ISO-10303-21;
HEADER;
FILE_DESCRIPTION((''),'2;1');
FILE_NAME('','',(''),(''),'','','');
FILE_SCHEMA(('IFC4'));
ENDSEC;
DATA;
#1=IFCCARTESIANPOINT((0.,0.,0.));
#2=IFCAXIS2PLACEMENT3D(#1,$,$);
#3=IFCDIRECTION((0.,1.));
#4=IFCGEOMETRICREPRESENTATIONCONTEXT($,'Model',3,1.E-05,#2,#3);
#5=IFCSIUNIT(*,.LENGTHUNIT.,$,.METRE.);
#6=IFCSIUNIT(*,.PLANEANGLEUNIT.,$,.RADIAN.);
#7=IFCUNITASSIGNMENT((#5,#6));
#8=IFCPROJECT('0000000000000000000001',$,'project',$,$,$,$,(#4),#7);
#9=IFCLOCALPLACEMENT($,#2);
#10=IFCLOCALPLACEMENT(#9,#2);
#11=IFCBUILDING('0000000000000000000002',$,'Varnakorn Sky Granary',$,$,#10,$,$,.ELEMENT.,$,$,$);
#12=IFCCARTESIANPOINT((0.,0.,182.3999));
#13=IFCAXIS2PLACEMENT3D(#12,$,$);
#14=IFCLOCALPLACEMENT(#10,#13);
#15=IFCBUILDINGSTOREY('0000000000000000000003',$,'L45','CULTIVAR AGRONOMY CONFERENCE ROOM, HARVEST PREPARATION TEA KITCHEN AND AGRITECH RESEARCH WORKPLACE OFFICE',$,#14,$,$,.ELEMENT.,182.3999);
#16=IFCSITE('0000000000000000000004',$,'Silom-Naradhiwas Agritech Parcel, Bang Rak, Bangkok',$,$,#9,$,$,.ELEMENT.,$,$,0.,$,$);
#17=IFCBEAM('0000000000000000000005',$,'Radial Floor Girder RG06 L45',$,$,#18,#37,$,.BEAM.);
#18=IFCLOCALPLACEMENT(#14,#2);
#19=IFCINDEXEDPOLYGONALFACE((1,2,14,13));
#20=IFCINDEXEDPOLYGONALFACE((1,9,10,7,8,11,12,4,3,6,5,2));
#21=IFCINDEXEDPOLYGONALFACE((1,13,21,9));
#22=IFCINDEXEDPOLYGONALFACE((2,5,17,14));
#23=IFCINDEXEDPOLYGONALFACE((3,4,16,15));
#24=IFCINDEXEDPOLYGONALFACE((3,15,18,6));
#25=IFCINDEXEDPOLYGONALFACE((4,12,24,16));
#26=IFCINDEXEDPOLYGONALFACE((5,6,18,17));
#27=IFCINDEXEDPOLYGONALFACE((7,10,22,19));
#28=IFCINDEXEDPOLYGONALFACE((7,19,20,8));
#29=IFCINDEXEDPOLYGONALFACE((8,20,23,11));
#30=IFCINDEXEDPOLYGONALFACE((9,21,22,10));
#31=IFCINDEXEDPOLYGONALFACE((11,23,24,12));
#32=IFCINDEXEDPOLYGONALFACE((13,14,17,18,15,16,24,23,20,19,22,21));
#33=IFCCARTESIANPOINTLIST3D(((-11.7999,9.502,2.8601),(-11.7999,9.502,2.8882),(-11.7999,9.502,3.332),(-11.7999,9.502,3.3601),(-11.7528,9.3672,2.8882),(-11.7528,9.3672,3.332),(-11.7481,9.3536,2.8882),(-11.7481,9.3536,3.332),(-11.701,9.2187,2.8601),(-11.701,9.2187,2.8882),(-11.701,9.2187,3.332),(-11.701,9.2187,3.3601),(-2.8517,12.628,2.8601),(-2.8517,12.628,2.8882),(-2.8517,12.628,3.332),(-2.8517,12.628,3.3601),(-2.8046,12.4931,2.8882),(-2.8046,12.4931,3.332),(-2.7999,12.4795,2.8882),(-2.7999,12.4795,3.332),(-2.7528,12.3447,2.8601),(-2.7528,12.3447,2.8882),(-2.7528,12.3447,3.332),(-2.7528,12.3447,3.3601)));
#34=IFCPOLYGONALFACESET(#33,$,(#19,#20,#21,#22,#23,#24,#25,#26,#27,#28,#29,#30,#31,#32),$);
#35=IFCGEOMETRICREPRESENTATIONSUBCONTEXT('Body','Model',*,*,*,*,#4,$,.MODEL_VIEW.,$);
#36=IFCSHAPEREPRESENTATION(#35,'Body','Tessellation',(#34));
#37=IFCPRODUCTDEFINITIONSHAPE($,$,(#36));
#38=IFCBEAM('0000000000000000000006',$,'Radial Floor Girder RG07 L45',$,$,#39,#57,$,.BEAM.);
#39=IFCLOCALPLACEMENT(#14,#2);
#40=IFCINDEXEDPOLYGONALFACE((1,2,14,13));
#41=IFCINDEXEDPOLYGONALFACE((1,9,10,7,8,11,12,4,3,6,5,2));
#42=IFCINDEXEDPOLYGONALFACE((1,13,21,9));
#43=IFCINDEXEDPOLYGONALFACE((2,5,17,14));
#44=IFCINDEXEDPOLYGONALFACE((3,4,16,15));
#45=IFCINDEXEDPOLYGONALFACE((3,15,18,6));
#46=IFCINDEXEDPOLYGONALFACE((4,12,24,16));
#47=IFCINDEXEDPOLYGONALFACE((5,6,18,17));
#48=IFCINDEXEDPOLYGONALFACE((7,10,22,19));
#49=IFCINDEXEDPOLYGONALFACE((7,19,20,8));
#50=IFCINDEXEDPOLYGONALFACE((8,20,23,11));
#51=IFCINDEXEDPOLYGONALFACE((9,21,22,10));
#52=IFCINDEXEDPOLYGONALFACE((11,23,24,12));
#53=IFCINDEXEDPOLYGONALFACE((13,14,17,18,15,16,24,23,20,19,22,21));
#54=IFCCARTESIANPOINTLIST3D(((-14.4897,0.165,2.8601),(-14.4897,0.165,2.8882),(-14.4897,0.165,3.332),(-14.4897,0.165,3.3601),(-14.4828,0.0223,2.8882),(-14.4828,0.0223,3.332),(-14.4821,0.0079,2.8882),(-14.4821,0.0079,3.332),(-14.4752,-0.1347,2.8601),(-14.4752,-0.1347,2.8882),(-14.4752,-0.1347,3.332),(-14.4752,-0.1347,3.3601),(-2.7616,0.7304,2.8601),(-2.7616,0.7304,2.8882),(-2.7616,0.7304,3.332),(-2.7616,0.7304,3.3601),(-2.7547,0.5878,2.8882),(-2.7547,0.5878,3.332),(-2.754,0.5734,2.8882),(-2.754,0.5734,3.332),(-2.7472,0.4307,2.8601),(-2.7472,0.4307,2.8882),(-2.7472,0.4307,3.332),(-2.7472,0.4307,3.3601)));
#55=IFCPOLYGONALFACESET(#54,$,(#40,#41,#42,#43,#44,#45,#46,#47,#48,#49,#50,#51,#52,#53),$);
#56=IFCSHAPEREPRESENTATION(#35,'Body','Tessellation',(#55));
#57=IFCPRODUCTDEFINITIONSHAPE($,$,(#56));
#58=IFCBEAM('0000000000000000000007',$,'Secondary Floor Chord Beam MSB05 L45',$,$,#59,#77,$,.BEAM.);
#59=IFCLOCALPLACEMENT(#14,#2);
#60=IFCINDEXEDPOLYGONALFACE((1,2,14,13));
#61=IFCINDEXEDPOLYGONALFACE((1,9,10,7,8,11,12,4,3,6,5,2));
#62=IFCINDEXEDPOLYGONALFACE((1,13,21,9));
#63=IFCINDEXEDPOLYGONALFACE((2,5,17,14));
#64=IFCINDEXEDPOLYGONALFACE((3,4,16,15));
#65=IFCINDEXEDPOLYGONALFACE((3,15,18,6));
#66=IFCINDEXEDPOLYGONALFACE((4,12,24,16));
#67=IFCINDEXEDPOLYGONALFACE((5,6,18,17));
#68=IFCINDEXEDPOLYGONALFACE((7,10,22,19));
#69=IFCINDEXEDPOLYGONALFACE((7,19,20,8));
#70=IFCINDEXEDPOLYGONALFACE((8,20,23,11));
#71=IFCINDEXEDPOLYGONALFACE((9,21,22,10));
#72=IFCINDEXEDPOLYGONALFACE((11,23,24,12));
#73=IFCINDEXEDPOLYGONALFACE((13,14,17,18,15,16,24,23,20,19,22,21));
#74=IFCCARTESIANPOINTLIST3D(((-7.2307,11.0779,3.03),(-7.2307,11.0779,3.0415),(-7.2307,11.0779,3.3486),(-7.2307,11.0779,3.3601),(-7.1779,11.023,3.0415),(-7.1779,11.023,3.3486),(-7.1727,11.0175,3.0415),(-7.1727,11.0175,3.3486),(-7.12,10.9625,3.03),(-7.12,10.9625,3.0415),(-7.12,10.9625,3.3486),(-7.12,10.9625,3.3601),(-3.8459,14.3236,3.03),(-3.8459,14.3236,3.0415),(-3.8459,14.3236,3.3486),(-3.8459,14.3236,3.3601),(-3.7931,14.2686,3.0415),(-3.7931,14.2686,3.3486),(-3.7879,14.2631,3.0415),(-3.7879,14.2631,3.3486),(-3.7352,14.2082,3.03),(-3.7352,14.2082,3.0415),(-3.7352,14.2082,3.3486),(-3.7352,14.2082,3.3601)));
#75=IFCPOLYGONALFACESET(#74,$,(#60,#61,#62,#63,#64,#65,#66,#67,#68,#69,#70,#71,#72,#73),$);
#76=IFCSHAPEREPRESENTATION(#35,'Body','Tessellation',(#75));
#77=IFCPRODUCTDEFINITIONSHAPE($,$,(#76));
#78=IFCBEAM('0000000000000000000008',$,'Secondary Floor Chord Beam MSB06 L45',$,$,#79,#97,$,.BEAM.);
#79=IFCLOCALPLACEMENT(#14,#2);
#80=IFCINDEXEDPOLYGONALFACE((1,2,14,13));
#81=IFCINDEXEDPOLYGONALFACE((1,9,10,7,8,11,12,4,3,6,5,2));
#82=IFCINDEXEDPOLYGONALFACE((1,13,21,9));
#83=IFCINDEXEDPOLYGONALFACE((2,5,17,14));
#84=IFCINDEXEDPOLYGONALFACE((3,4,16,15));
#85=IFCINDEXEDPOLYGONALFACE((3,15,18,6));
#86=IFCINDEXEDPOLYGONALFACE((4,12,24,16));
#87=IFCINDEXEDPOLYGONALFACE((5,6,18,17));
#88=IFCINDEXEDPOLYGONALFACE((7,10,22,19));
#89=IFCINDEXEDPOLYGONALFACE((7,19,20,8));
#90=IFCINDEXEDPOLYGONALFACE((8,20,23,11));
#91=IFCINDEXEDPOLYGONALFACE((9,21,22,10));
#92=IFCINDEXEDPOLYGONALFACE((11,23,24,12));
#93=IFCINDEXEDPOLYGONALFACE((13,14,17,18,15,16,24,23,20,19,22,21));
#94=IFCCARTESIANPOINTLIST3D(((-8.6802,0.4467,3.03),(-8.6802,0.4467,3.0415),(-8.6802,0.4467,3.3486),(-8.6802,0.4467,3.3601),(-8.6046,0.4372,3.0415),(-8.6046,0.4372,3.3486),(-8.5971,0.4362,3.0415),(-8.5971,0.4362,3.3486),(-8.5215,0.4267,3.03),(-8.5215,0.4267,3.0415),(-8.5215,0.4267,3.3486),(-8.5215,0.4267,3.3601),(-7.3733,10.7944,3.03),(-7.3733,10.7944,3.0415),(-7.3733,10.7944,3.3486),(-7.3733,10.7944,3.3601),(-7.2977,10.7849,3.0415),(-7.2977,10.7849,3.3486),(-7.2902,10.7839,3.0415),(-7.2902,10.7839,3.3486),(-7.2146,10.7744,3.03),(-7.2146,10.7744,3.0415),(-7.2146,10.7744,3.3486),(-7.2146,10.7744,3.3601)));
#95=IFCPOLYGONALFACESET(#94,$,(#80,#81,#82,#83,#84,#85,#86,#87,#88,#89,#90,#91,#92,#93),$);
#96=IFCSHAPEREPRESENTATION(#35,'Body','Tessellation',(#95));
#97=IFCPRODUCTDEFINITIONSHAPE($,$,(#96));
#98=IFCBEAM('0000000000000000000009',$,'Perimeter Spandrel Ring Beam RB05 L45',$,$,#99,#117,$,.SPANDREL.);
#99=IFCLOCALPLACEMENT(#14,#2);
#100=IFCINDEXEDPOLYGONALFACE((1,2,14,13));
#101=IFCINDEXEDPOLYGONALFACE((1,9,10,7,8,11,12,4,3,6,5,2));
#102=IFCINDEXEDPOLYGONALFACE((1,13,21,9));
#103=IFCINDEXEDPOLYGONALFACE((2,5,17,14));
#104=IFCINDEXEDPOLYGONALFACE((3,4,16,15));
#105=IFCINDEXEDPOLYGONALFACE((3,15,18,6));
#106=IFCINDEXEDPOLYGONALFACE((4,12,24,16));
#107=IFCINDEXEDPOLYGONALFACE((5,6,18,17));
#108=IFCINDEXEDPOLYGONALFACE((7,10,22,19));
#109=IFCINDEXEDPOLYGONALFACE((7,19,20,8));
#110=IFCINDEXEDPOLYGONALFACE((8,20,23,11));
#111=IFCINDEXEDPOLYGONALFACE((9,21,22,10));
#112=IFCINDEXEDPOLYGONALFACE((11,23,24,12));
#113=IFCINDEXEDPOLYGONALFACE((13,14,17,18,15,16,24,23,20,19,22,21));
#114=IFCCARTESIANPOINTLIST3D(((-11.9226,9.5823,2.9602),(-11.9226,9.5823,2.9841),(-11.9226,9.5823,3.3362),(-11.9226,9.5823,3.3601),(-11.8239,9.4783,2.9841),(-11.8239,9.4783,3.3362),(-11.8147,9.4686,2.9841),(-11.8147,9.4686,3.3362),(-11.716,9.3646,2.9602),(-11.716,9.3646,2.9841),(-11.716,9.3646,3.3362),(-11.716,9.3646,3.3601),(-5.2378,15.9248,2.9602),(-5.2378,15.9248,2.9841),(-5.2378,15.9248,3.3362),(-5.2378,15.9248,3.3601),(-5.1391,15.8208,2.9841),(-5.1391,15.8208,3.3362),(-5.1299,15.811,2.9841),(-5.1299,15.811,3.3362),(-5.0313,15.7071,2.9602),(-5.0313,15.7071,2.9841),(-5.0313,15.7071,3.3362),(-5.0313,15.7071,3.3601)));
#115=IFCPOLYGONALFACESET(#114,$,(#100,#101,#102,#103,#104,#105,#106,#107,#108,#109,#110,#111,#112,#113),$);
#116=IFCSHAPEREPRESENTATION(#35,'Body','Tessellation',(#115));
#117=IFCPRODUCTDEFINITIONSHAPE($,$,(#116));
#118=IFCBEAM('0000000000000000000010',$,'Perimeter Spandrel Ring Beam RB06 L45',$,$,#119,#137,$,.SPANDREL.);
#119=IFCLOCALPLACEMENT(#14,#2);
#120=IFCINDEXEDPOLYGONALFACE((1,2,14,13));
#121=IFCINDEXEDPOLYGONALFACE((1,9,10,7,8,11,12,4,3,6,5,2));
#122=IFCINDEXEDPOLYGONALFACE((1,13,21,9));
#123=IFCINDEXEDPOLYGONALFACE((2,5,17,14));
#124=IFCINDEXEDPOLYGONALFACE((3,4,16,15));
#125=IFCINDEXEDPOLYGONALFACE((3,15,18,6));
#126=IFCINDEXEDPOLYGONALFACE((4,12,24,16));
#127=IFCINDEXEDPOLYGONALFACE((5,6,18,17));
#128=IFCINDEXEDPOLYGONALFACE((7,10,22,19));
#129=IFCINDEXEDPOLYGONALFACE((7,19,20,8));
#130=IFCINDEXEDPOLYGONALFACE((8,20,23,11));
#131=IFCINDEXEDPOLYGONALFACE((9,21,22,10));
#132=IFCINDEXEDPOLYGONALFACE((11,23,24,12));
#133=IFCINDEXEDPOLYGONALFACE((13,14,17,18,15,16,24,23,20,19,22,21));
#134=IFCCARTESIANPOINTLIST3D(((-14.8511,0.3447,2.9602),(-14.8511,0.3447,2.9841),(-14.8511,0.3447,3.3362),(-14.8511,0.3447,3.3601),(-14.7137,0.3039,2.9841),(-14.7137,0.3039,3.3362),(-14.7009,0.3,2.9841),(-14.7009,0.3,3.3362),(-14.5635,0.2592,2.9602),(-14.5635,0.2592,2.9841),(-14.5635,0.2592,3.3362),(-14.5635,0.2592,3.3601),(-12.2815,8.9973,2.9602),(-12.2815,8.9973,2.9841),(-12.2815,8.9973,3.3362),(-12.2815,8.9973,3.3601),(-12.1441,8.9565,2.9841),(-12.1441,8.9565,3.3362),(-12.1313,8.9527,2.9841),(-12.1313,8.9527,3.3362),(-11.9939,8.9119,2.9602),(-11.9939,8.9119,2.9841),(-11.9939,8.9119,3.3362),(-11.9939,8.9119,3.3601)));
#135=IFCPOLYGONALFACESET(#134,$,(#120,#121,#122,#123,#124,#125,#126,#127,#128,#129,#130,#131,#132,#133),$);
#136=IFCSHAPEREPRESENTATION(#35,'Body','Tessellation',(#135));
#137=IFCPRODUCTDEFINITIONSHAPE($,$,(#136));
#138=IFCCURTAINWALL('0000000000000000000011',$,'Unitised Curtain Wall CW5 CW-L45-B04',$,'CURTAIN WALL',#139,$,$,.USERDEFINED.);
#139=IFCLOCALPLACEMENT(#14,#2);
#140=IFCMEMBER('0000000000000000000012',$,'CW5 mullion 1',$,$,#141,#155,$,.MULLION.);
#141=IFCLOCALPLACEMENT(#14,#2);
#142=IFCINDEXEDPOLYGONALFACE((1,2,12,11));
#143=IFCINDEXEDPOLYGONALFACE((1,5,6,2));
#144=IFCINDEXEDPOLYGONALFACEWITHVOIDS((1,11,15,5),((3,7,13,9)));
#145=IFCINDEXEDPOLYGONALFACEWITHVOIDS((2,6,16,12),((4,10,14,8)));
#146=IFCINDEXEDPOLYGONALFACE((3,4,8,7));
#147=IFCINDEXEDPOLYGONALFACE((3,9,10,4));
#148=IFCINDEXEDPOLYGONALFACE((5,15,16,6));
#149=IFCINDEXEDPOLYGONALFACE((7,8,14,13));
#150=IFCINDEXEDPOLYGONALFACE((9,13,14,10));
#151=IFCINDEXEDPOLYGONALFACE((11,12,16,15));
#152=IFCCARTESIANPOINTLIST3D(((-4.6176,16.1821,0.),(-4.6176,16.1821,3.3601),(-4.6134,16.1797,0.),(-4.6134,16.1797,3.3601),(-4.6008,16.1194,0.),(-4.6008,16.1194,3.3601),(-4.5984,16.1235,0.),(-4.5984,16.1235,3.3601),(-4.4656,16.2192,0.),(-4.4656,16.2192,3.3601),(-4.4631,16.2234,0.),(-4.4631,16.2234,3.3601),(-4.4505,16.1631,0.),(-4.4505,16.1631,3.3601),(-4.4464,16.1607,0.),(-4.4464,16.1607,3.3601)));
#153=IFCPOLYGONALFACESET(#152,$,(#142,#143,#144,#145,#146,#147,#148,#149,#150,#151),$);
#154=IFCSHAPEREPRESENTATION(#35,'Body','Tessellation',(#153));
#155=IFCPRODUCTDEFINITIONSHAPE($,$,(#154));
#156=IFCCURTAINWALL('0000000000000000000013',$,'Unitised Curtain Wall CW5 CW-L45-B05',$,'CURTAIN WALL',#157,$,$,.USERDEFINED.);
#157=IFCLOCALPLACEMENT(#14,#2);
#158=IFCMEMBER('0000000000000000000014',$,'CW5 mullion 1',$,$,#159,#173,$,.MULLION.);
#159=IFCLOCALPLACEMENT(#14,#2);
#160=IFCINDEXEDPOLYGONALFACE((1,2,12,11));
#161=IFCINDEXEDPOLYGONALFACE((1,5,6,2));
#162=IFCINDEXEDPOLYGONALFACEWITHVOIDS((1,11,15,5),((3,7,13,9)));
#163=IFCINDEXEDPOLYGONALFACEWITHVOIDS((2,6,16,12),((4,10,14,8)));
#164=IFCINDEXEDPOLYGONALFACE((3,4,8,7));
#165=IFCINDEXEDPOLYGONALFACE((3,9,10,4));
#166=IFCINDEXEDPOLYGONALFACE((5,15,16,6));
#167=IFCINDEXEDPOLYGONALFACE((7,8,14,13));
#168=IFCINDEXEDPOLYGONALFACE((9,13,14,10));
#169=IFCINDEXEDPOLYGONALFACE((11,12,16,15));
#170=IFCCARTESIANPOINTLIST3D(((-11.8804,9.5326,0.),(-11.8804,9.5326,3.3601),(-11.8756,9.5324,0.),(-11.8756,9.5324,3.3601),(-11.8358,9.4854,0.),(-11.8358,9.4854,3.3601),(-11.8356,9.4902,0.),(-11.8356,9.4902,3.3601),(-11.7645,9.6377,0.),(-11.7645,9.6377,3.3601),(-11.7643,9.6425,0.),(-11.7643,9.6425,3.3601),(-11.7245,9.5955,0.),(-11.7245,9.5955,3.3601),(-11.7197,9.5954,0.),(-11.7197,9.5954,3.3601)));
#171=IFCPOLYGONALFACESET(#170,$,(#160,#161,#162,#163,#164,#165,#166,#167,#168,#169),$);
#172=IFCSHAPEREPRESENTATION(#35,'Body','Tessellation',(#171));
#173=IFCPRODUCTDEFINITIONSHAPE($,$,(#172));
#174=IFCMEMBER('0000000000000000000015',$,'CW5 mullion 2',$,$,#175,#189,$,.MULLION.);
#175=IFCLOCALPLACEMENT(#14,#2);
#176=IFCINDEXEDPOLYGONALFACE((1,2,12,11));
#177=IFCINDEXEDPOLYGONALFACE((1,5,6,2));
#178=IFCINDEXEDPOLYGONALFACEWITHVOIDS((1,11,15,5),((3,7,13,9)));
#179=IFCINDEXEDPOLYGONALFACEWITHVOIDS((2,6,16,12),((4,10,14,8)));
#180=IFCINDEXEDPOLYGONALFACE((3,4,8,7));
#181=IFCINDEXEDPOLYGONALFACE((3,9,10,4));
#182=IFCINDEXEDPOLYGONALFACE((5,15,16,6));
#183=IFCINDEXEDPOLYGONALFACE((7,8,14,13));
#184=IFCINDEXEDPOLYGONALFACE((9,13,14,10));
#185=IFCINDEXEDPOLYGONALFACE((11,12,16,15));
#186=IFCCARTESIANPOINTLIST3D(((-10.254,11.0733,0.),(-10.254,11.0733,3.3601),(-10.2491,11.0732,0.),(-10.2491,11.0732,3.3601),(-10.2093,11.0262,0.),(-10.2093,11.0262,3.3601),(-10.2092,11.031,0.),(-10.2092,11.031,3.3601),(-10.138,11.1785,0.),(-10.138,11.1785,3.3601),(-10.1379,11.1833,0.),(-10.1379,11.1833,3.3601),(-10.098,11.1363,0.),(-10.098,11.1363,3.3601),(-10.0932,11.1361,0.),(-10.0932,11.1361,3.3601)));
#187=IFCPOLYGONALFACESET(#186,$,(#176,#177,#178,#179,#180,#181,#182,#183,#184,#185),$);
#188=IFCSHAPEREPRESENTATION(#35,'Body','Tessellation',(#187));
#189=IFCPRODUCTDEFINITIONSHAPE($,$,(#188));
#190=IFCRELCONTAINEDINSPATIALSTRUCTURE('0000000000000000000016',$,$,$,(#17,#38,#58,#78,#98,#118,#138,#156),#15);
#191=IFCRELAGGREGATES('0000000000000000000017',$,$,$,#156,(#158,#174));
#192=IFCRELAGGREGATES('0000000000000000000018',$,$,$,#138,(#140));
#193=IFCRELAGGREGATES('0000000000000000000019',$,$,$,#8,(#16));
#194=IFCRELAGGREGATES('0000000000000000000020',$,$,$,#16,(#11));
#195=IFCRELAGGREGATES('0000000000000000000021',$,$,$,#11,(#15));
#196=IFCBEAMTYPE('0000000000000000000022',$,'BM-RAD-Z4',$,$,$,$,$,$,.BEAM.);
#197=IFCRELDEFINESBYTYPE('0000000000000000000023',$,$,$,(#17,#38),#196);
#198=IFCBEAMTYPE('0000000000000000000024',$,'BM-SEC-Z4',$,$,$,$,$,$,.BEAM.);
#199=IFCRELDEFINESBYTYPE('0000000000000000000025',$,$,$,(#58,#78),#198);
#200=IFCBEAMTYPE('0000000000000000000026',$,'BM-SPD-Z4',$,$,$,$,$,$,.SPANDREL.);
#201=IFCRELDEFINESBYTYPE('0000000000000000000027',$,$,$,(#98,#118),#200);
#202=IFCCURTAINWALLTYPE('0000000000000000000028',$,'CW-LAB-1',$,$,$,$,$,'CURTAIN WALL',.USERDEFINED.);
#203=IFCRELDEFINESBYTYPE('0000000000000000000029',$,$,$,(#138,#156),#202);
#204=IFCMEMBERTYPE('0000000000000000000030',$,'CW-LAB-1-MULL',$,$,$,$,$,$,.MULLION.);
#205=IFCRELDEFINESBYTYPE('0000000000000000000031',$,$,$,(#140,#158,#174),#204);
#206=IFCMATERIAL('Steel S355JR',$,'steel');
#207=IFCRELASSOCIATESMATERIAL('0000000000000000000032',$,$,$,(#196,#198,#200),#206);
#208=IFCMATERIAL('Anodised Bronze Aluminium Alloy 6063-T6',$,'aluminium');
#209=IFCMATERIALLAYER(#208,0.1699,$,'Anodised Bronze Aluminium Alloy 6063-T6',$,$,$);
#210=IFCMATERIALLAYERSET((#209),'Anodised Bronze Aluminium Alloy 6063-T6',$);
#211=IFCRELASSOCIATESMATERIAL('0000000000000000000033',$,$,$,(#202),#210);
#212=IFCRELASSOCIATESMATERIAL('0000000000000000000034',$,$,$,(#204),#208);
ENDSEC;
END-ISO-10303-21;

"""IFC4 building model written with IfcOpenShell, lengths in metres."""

from ifc_helpers import new_model, si_unit, direction, frame, origin, origin_2d, place, context, subcontext, project, spatial, hollow_rectangle, i_section, extrude, material, layer, layer_set, material_profile, profile_set, type_object, element, aggregate, save


model = new_model("IFC4")

# Units and contexts
model_context = context("Model", 3, precision=1e-05, world=origin(), true_north=direction((0.0, 1.0)))
body_context = subcontext(model_context, "Body", "Model", "MODEL_VIEW")
ifc_project = project(units=[si_unit("LENGTHUNIT", "METRE"), si_unit("PLANEANGLEUNIT", "RADIAN")], contexts=[model_context])

# Site, building, storey
site_placement = place(None, origin())
site = spatial("IfcSite", under=ifc_project, at=site_placement, Name="Silom-Naradhiwas Agritech Parcel, Bang Rak, Bangkok", CompositionType="ELEMENT", RefElevation=0.0)
building_placement = place(site_placement, origin())
building = spatial("IfcBuilding", under=site, at=building_placement, Name="Varnakorn Sky Granary", CompositionType="ELEMENT")
storey_placement = place(building_placement, frame((0.0, 0.0, 182.3999)))
storey = spatial("IfcBuildingStorey", under=building, at=storey_placement, Name="L45", Description="CULTIVAR AGRONOMY CONFERENCE ROOM, HARVEST PREPARATION TEA KITCHEN AND AGRITECH RESEARCH WORKPLACE OFFICE", CompositionType="ELEMENT", Elevation=182.3999)

# Beams
ifc_material_1 = material(Name="Steel S355JR", Category="steel")
ifc_material_profile_1 = material_profile(ifc_material_1, i_section(OverallWidth=0.3, OverallDepth=0.5, WebThickness=0.0144, FlangeThickness=0.0281, at=origin_2d()), Name="HE 500 B")
ifc_profile_set_1 = profile_set([ifc_material_profile_1], Name="Steel S355JR")
beam_type_1 = type_object("IfcBeamType", Name="BM-RAD-Z4", PredefinedType="BEAM", material=ifc_profile_set_1)
beam_1_placement = place(storey_placement, frame((-2.8022, 12.4863, 3.1101), z_axis=(-0.944053, -0.329795, 0.0), x_axis=(0.329795, -0.944053, 0.0)))
element("IfcBeam", 1, at=beam_1_placement, inside=storey, type_object=beam_type_1, Name="Radial Floor Girder RG06 L45", PredefinedType="BEAM", context=body_context, shape_type="SweptSolid", body=[
    extrude(i_section(OverallWidth=0.3, OverallDepth=0.5, WebThickness=0.0144, FlangeThickness=0.0281, at=origin_2d()), origin(), (0.0, 0.0, 1.0), 9.4785),
])
beam_2_placement = place(storey_placement, frame((-2.7544, 0.5806, 3.1101), z_axis=(-0.99884, -0.048156, 0.0), x_axis=(0.048156, -0.99884, 0.0)))
element("IfcBeam", 2, at=beam_2_placement, inside=storey, type_object=beam_type_1, Name="Radial Floor Girder RG07 L45", PredefinedType="BEAM", context=body_context, shape_type="SweptSolid", body=[
    extrude(i_section(OverallWidth=0.3, OverallDepth=0.5, WebThickness=0.0144, FlangeThickness=0.0281, at=origin_2d()), origin(), (0.0, 0.0, 1.0), 11.7417),
])
ifc_material_profile_2 = material_profile(ifc_material_1, i_section(OverallWidth=0.1599, OverallDepth=0.3301, WebThickness=0.0076, FlangeThickness=0.0115, at=origin_2d()), Name="IPE 330")
ifc_profile_set_2 = profile_set([ifc_material_profile_2], Name="Steel S355JR")
beam_type_2 = type_object("IfcBeamType", Name="BM-SEC-Z4", PredefinedType="BEAM", material=ifc_profile_set_2)
beam_3_placement = place(storey_placement, frame((-3.7905, 14.2659, 3.1951), z_axis=(-0.721789, -0.692113, 0.0), x_axis=(0.692113, -0.721789, 0.0)))
element("IfcBeam", 3, at=beam_3_placement, inside=storey, type_object=beam_type_2, Name="Secondary Floor Chord Beam MSB05 L45", PredefinedType="BEAM", context=body_context, shape_type="SweptSolid", body=[
    extrude(i_section(OverallWidth=0.1599, OverallDepth=0.3301, WebThickness=0.0076, FlangeThickness=0.0115, at=origin_2d()), origin(), (0.0, 0.0, 1.0), 4.6895),
])
beam_4_placement = place(storey_placement, frame((-7.2939, 10.7844, 3.1951), z_axis=(-0.125302, -0.992119, 0.0), x_axis=(0.992119, -0.125302, 0.0)))
element("IfcBeam", 4, at=beam_4_placement, inside=storey, type_object=beam_type_2, Name="Secondary Floor Chord Beam MSB06 L45", PredefinedType="BEAM", context=body_context, shape_type="SweptSolid", body=[
    extrude(i_section(OverallWidth=0.1599, OverallDepth=0.3301, WebThickness=0.0076, FlangeThickness=0.0115, at=origin_2d()), origin(), (0.0, 0.0, 1.0), 10.4299),
])
ifc_material_profile_3 = material_profile(ifc_material_1, i_section(OverallWidth=0.3, OverallDepth=0.3999, WebThickness=0.0134, FlangeThickness=0.0239, at=origin_2d()), Name="HE 400 B")
ifc_profile_set_3 = profile_set([ifc_material_profile_3], Name="Steel S355JR")
beam_type_3 = type_object("IfcBeamType", Name="BM-SPD-Z4", PredefinedType="SPANDREL", material=ifc_profile_set_3)
beam_5_placement = place(storey_placement, frame((-5.1345, 15.8159, 3.1602), z_axis=(-0.725435, -0.68829, 0.0), x_axis=(0.68829, -0.725435, 0.0)))
element("IfcBeam", 5, at=beam_5_placement, inside=storey, type_object=beam_type_3, Name="Perimeter Spandrel Ring Beam RB05 L45", PredefinedType="SPANDREL", context=body_context, shape_type="SweptSolid", body=[
    extrude(i_section(OverallWidth=0.3, OverallDepth=0.3999, WebThickness=0.0134, FlangeThickness=0.0239, at=origin_2d()), origin(), (0.0, 0.0, 1.0), 9.2148),
])
beam_6_placement = place(storey_placement, frame((-12.1377, 8.9546, 3.1602), z_axis=(-0.284684, -0.958621, 0.0), x_axis=(0.958621, -0.284684, 0.0)))
element("IfcBeam", 6, at=beam_6_placement, inside=storey, type_object=beam_type_3, Name="Perimeter Spandrel Ring Beam RB06 L45", PredefinedType="SPANDREL", context=body_context, shape_type="SweptSolid", body=[
    extrude(i_section(OverallWidth=0.3, OverallDepth=0.3999, WebThickness=0.0134, FlangeThickness=0.0239, at=origin_2d()), origin(), (0.0, 0.0, 1.0), 9.0261),
])

# Curtain wall, member
ifc_material_2 = material(Name="Anodised Bronze Aluminium Alloy 6063-T6", Category="aluminium")
ifc_layer_1 = layer(ifc_material_2, 0.1699, Name="Anodised Bronze Aluminium Alloy 6063-T6")
ifc_layer_set_1 = layer_set([ifc_layer_1], Name="Anodised Bronze Aluminium Alloy 6063-T6")
curtain_wall_type = type_object("IfcCurtainWallType", Name="CW-LAB-1", ElementType="CURTAIN WALL", PredefinedType="USERDEFINED", material=ifc_layer_set_1)
curtain_wall_1_placement = place(storey_placement, origin())
curtain_wall_1 = element("IfcCurtainWall", 7, at=curtain_wall_1_placement, inside=storey, type_object=curtain_wall_type, Name="Unitised Curtain Wall CW5 CW-L45-B04", ObjectType="CURTAIN WALL", PredefinedType="USERDEFINED")
ifc_material_profile_4 = material_profile(ifc_material_2, hollow_rectangle(XDim=0.0649, YDim=0.1599, WallThickness=0.0034, at=origin_2d()), Name="ALU MULL 65x160")
ifc_profile_set_4 = profile_set([ifc_material_profile_4], Name="Anodised Bronze Aluminium Alloy 6063-T6")
member_type_1 = type_object("IfcMemberType", Name="CW-LAB-1-MULL", PredefinedType="MULLION", material=ifc_profile_set_4)
member_1_placement = place(storey_placement, frame((-4.532, 16.1714, 0.0), z_axis=(0.0, 0.0, 1.0), x_axis=(-0.258505, 0.96601, 0.0)))
member_1 = element("IfcMember", 8, at=member_1_placement, type_object=member_type_1, Name="CW5 mullion 1", PredefinedType="MULLION", context=body_context, shape_type="SweptSolid", body=[
    extrude(hollow_rectangle(XDim=0.0649, YDim=0.1599, WallThickness=0.0034, at=origin_2d()), origin(), (0.0, 0.0, 1.0), 3.3601),
])

# Curtain wall, members
curtain_wall_2_placement = place(storey_placement, origin())
curtain_wall_2 = element("IfcCurtainWall", 9, at=curtain_wall_2_placement, inside=storey, type_object=curtain_wall_type, Name="Unitised Curtain Wall CW5 CW-L45-B05", ObjectType="CURTAIN WALL", PredefinedType="USERDEFINED")
member_2_placement = place(storey_placement, frame((-11.8, 9.564, 0.0), z_axis=(0.0, 0.0, 1.0), x_axis=(-0.687692, 0.726002, 0.0)))
member_2 = element("IfcMember", 10, at=member_2_placement, type_object=member_type_1, Name="CW5 mullion 1", PredefinedType="MULLION", context=body_context, shape_type="SweptSolid", body=[
    extrude(hollow_rectangle(XDim=0.0649, YDim=0.1599, WallThickness=0.0034, at=origin_2d()), origin(), (0.0, 0.0, 1.0), 3.3601),
])
member_3_placement = place(storey_placement, frame((-10.1736, 11.1047, 0.0), z_axis=(0.0, 0.0, 1.0), x_axis=(-0.687692, 0.726002, 0.0)))
member_3 = element("IfcMember", 11, at=member_3_placement, type_object=member_type_1, Name="CW5 mullion 2", PredefinedType="MULLION", context=body_context, shape_type="SweptSolid", body=[
    extrude(hollow_rectangle(XDim=0.0649, YDim=0.1599, WallThickness=0.0034, at=origin_2d()), origin(), (0.0, 0.0, 1.0), 3.3601),
])

aggregate(curtain_wall_2, [member_2, member_3])
aggregate(curtain_wall_1, [member_1])

save(model, "model.ifc")
